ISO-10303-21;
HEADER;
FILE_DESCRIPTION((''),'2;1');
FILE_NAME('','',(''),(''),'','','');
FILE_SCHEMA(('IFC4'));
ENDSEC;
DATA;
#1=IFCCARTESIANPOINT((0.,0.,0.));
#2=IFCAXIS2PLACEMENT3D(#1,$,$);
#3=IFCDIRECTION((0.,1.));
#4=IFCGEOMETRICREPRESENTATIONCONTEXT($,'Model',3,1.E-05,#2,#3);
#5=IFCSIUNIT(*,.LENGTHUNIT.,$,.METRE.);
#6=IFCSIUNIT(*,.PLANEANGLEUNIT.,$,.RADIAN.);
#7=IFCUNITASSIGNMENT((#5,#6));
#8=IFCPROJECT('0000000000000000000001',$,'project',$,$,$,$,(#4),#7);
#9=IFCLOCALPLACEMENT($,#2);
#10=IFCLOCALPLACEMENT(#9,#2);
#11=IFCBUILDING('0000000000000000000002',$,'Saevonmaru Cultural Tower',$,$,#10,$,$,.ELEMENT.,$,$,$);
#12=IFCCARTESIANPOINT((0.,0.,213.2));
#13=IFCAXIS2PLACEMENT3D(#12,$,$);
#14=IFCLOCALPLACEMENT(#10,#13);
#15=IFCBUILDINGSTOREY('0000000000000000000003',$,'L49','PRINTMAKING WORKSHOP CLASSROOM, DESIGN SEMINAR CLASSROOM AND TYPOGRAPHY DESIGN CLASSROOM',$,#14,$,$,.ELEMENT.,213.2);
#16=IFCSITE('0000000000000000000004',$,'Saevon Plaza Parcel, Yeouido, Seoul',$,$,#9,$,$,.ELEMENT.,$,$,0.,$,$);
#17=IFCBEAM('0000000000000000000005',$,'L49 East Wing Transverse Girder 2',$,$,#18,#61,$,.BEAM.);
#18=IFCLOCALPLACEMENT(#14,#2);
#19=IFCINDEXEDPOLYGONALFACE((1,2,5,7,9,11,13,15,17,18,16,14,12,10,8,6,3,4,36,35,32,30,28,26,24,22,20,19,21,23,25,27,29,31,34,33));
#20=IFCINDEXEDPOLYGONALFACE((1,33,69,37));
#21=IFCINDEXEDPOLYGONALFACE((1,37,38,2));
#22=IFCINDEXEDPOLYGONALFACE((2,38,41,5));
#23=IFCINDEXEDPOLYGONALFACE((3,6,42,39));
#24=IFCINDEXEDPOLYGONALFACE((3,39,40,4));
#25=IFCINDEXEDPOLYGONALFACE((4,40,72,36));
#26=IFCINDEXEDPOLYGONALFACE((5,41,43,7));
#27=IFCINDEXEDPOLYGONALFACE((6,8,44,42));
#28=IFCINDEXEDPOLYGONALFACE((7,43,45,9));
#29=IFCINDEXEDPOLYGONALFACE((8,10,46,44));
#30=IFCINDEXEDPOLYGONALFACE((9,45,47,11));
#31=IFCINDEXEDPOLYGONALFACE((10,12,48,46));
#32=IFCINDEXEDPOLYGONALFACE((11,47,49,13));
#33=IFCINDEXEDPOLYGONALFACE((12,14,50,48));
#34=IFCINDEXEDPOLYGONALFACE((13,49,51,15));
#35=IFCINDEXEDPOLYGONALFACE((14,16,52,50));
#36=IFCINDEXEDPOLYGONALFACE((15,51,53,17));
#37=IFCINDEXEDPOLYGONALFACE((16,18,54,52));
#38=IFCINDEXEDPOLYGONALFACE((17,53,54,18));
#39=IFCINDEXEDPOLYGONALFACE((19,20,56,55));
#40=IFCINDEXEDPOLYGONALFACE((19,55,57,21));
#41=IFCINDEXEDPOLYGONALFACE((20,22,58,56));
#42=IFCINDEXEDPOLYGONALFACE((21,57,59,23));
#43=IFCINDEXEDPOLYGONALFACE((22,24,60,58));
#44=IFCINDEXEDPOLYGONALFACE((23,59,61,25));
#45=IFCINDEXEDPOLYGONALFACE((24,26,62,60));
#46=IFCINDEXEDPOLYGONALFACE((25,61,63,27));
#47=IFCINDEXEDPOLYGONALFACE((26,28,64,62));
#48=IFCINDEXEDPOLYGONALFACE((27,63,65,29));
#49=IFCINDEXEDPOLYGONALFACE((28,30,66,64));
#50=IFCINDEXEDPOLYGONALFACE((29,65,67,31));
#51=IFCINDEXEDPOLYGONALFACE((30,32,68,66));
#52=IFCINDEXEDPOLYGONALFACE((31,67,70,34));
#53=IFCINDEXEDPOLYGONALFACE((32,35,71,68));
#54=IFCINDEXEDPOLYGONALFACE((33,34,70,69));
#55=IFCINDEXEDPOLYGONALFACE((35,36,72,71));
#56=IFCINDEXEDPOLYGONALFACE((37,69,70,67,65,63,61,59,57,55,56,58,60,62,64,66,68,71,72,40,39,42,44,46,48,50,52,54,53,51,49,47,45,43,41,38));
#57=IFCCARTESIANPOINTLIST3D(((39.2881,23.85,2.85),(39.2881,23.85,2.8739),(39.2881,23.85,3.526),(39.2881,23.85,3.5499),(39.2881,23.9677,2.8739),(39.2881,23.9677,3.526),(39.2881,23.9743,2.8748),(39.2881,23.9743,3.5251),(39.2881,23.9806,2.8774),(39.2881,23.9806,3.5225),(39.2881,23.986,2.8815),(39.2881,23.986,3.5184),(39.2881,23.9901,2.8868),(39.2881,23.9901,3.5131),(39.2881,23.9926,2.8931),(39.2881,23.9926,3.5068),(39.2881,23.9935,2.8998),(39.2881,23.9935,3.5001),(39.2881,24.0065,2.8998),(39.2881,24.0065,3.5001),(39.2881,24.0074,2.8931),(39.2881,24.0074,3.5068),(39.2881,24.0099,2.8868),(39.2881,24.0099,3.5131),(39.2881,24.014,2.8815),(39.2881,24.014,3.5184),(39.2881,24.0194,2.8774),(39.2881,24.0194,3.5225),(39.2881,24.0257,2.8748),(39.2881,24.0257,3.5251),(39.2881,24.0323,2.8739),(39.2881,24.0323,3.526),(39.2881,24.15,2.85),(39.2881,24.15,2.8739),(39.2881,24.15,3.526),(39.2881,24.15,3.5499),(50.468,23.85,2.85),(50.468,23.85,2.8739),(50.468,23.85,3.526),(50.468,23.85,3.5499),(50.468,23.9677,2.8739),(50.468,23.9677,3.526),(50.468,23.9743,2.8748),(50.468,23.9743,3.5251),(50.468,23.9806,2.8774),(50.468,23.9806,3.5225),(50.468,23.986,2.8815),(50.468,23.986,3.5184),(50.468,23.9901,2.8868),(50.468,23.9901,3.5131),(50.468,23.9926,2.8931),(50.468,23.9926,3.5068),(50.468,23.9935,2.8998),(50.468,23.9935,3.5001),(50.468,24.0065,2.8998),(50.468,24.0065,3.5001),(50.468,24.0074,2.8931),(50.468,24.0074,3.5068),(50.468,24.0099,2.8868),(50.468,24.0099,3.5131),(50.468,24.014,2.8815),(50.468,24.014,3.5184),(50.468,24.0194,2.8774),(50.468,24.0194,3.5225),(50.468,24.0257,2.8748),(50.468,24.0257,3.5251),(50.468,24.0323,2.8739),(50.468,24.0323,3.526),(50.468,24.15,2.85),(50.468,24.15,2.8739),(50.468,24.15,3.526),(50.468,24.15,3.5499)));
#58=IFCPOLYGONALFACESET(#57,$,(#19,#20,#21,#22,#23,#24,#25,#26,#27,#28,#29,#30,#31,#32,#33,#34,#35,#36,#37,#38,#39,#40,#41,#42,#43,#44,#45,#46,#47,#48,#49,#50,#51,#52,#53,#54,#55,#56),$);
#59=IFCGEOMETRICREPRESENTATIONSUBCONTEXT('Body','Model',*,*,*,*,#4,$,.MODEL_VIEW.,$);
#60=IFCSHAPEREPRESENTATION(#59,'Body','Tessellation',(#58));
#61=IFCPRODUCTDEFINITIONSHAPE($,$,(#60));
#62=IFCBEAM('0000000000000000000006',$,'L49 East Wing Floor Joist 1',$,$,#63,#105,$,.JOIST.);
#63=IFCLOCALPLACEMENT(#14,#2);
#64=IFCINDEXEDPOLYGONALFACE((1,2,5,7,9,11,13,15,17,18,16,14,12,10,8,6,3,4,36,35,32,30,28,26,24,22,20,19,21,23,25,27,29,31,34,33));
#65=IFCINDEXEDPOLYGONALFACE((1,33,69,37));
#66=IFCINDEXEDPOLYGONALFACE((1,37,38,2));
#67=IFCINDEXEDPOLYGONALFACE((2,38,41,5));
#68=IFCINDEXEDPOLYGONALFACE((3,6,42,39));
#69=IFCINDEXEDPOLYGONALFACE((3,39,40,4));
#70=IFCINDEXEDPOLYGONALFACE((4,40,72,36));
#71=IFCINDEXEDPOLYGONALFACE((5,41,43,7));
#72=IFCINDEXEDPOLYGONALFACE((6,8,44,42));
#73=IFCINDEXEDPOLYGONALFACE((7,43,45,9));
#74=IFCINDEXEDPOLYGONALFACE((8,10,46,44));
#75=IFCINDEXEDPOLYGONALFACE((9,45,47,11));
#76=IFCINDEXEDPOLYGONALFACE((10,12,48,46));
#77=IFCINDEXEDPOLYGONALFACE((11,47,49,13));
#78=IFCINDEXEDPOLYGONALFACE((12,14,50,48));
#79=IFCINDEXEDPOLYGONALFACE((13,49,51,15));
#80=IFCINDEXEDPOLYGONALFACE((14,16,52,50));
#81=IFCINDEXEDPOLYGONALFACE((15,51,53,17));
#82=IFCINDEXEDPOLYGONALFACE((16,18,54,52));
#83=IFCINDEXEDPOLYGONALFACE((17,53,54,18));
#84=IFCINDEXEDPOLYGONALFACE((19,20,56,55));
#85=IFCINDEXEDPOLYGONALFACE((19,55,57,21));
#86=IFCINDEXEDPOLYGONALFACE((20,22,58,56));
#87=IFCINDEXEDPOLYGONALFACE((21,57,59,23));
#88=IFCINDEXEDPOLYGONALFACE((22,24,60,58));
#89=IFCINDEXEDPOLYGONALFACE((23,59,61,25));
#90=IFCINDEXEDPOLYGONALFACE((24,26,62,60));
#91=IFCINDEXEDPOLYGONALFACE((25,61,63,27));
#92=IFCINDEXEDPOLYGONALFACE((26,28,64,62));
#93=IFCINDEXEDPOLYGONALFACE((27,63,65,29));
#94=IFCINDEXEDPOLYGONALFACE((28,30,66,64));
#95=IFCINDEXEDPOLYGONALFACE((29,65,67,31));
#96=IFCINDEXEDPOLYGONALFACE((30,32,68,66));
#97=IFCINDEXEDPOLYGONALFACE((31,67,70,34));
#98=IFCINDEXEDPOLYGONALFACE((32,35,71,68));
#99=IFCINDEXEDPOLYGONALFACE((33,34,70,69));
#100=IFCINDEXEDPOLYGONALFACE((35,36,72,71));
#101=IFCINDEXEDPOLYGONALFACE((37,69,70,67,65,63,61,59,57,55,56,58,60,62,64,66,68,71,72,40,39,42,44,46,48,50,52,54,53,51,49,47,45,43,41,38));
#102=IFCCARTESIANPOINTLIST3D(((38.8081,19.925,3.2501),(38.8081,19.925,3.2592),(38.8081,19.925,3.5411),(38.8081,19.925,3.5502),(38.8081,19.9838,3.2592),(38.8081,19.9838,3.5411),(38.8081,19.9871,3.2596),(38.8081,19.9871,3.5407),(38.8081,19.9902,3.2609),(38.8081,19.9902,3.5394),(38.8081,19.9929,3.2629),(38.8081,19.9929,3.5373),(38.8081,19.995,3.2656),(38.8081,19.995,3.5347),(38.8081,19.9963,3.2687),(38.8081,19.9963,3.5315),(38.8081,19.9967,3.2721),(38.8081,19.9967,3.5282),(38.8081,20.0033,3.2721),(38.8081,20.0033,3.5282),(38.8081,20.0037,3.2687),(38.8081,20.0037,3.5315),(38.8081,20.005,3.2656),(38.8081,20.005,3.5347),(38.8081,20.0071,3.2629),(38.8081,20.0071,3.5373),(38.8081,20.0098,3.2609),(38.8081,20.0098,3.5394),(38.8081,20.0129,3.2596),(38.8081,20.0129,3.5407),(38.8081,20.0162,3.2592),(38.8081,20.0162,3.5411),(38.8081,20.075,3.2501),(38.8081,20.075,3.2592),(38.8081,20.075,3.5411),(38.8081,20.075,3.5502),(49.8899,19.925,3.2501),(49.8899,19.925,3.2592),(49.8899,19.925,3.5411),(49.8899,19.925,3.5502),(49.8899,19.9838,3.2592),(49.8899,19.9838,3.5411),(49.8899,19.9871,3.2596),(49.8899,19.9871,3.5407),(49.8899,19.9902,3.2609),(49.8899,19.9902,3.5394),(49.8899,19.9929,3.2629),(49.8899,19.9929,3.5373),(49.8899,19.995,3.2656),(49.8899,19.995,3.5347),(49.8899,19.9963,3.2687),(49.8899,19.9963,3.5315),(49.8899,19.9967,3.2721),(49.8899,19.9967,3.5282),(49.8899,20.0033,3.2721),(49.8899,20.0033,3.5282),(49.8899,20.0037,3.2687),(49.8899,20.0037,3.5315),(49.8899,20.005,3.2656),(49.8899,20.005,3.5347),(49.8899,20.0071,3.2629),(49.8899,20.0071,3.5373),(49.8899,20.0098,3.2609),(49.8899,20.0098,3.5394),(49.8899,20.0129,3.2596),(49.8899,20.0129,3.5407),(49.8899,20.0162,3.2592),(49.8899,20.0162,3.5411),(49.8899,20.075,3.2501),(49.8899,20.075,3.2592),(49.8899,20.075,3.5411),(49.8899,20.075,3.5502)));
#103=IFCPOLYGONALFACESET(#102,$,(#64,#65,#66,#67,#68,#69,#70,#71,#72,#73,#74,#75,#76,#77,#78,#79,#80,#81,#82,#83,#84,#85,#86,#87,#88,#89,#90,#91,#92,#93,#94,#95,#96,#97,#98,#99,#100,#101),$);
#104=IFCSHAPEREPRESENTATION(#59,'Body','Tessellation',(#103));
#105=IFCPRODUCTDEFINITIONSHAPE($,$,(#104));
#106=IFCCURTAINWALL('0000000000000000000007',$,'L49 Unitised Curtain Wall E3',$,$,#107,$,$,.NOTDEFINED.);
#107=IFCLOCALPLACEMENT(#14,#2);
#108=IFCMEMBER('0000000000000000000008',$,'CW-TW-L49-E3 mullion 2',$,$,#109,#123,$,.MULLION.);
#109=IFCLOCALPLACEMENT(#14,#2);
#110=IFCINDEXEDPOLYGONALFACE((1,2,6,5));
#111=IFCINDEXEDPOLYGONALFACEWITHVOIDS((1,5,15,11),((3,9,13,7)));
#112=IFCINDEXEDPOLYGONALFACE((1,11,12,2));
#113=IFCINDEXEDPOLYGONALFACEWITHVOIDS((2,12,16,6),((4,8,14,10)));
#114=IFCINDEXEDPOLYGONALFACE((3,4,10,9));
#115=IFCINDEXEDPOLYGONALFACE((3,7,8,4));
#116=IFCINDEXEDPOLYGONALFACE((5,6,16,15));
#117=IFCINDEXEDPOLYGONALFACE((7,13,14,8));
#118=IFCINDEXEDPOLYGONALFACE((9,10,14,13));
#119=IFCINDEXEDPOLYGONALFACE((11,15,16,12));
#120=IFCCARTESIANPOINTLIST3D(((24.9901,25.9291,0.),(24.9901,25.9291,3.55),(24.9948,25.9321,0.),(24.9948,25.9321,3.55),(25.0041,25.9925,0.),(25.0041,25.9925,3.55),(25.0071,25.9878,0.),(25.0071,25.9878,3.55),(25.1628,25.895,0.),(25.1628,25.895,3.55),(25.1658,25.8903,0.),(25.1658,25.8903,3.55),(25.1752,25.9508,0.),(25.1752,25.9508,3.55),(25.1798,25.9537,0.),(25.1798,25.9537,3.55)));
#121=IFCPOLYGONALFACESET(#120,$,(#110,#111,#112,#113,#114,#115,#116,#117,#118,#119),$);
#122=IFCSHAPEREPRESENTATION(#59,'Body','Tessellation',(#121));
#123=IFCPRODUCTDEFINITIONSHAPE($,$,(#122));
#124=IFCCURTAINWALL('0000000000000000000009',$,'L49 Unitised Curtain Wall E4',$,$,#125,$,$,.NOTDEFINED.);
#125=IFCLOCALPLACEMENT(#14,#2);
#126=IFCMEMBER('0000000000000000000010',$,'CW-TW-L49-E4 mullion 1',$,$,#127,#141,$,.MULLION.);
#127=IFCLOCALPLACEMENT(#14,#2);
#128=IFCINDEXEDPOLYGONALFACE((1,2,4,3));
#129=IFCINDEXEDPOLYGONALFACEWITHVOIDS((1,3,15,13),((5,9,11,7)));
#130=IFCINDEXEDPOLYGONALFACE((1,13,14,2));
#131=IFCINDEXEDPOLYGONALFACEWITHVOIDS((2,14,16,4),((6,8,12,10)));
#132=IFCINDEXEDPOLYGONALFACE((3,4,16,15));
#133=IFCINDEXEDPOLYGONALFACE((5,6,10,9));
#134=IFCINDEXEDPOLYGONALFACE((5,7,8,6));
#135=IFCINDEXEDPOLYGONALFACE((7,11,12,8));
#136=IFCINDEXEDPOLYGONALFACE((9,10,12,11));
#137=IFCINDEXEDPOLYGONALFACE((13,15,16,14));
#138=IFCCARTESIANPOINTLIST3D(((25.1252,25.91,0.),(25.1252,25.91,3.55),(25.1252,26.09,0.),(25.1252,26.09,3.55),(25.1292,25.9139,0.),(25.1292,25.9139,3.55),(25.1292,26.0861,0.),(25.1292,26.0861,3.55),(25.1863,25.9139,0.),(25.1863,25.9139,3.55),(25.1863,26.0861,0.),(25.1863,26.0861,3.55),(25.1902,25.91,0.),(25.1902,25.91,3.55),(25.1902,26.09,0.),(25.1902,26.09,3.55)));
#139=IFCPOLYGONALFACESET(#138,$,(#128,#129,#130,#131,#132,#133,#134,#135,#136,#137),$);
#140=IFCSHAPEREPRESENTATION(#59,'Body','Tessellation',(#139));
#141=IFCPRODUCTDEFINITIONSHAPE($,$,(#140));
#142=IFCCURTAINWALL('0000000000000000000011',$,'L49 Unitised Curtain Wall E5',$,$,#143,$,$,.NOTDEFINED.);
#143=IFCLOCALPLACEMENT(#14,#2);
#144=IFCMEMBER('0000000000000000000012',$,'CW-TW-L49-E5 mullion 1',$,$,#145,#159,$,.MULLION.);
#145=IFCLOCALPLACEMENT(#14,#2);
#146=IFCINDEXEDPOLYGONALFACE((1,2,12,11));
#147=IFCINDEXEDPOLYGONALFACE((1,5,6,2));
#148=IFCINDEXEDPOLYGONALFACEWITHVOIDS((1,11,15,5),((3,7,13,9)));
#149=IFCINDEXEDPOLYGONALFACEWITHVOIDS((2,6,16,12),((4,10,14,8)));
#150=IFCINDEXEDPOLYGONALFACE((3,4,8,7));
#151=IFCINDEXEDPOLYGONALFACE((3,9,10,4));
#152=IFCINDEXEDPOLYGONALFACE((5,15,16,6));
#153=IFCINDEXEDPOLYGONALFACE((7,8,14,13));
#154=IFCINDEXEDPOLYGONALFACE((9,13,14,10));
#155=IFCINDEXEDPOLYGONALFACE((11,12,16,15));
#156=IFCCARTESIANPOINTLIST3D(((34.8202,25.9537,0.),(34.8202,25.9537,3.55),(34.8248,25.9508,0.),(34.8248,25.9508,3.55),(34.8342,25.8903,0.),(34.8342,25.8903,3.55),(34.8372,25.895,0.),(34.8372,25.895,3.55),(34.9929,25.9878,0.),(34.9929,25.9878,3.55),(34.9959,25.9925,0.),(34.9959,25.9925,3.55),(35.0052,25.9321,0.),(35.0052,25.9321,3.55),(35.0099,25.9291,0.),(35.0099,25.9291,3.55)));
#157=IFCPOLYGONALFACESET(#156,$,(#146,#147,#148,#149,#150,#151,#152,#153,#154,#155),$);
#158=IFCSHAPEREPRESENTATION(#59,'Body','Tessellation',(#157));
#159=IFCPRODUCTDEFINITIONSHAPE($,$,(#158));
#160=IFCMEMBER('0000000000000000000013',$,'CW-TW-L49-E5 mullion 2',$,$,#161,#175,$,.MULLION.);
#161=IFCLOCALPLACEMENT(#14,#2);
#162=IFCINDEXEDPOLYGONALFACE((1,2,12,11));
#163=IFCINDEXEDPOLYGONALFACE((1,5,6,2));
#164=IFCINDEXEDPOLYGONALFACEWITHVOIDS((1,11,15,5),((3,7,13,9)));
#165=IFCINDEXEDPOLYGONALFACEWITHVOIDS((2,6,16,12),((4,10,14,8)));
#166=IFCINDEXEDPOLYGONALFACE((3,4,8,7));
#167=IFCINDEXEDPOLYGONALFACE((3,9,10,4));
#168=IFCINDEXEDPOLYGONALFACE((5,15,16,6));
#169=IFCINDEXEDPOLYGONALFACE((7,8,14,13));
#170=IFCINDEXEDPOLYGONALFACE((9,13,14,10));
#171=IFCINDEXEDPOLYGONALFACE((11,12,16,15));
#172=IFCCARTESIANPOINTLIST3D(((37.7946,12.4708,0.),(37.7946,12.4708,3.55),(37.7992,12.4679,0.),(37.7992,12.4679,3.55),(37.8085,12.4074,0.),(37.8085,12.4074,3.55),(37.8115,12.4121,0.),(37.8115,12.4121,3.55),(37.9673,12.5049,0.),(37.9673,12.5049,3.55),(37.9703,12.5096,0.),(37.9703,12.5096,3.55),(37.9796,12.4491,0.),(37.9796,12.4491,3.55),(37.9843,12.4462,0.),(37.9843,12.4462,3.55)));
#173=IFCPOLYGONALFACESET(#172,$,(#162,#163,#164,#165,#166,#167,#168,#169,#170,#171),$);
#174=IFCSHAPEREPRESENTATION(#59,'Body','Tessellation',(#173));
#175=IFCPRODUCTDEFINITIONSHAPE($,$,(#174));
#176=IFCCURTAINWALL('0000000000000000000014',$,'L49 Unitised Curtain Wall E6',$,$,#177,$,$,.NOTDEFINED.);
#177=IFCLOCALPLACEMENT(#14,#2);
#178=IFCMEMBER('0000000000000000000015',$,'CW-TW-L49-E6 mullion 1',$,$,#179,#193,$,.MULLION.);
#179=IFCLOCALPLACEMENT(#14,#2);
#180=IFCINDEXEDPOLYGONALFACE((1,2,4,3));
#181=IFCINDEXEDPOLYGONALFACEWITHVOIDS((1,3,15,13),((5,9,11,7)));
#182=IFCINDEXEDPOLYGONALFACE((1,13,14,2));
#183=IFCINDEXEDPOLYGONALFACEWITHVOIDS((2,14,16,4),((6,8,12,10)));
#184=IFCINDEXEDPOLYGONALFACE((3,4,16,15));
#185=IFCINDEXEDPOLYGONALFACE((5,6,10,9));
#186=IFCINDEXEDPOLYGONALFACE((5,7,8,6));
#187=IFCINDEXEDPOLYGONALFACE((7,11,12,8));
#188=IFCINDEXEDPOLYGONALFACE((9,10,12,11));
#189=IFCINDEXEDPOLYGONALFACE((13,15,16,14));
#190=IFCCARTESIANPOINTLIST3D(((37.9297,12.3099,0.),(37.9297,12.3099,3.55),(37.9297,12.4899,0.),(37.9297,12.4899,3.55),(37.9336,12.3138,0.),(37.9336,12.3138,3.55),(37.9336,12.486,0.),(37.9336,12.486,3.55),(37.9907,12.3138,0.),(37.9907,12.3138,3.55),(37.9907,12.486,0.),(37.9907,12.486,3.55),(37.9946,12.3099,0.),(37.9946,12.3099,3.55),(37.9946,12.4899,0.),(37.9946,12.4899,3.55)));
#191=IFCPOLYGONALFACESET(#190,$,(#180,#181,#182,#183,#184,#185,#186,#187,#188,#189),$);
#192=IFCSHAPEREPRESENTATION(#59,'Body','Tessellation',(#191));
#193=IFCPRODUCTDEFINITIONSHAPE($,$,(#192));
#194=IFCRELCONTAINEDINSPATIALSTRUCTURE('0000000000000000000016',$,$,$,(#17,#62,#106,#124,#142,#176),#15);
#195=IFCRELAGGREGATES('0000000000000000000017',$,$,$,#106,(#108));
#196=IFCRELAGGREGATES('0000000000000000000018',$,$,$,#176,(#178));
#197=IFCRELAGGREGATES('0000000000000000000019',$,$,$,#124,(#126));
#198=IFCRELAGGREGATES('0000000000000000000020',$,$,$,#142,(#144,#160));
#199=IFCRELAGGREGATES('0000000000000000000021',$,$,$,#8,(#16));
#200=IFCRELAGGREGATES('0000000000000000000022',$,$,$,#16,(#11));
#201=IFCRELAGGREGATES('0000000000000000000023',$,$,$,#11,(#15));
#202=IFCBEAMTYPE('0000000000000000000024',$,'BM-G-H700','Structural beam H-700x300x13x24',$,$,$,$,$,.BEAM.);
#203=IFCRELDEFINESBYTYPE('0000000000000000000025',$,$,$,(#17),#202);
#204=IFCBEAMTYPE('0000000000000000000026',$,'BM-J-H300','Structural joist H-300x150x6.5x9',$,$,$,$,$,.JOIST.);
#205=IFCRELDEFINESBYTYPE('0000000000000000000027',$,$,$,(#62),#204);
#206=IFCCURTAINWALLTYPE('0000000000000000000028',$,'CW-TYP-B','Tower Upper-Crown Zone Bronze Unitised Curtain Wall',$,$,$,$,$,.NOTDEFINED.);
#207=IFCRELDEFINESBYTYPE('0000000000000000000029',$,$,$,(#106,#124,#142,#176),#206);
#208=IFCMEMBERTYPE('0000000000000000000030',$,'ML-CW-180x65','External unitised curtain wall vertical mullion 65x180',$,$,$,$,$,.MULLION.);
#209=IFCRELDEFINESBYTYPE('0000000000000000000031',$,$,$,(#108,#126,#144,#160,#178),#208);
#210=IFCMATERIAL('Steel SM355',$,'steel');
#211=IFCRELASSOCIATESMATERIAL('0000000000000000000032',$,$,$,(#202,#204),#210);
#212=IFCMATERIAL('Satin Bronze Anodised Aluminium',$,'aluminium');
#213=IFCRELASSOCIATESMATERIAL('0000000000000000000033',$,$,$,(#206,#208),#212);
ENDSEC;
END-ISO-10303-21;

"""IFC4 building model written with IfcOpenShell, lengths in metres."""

from ifc_helpers import new_model, si_unit, direction, frame, origin, origin_2d, place, context, subcontext, project, spatial, hollow_rectangle, i_section, extrude, material, material_profile, profile_set, type_object, element, aggregate, save


model = new_model("IFC4")

# Units and contexts
model_context = context("Model", 3, precision=1e-05, world=origin(), true_north=direction((0.0, 1.0)))
body_context = subcontext(model_context, "Body", "Model", "MODEL_VIEW")
ifc_project = project(units=[si_unit("LENGTHUNIT", "METRE"), si_unit("PLANEANGLEUNIT", "RADIAN")], contexts=[model_context])

# Site, building, storey
site_placement = place(None, origin())
site = spatial("IfcSite", under=ifc_project, at=site_placement, Name="Saevon Plaza Parcel, Yeouido, Seoul", CompositionType="ELEMENT", RefElevation=0.0)
building_placement = place(site_placement, origin())
building = spatial("IfcBuilding", under=site, at=building_placement, Name="Saevonmaru Cultural Tower", CompositionType="ELEMENT")
storey_placement = place(building_placement, frame((0.0, 0.0, 213.2)))
storey = spatial("IfcBuildingStorey", under=building, at=storey_placement, Name="L49", Description="PRINTMAKING WORKSHOP CLASSROOM, DESIGN SEMINAR CLASSROOM AND TYPOGRAPHY DESIGN CLASSROOM", CompositionType="ELEMENT", Elevation=213.2)

# Shared definitions
ifc_material_1 = material(Name="Steel SM355", Category="steel")

# Beams
ifc_material_profile_1 = material_profile(ifc_material_1, i_section(OverallWidth=0.3, OverallDepth=0.7, WebThickness=0.0129, FlangeThickness=0.0239, FilletRadius=0.0259, at=origin_2d()), Name="H-700x300x13x24")
ifc_profile_set_1 = profile_set([ifc_material_profile_1], Name="Steel SM355")
beam_type_1 = type_object("IfcBeamType", Name="BM-G-H700", Description="Structural beam H-700x300x13x24", PredefinedType="BEAM", material=ifc_profile_set_1)
for number, where, z_axis, x_axis, name in (
    (1, (39.2881, 24.0, 3.2), (1.0, 0.0, 0.0), (0.0, 1.0, 0.0), "L49 East Wing Transverse Girder 2"),
):
    element("IfcBeam", number, at=place(storey_placement, frame(where, z_axis=z_axis, x_axis=x_axis)), inside=storey, type_object=beam_type_1, Name=name, PredefinedType="BEAM", context=body_context, shape_type="SweptSolid", body=[
        extrude(i_section(OverallWidth=0.3, OverallDepth=0.7, WebThickness=0.0129, FlangeThickness=0.0239, FilletRadius=0.0259, at=origin_2d()), origin(), (0.0, 0.0, 1.0), 11.1799),
    ])
ifc_material_profile_2 = material_profile(ifc_material_1, i_section(OverallWidth=0.1499, OverallDepth=0.3, WebThickness=0.0066, FlangeThickness=0.009, FilletRadius=0.0129, at=origin_2d()), Name="H-300x150x6.5x9")
ifc_profile_set_2 = profile_set([ifc_material_profile_2], Name="Steel SM355")
beam_type_2 = type_object("IfcBeamType", Name="BM-J-H300", Description="Structural joist H-300x150x6.5x9", PredefinedType="JOIST", material=ifc_profile_set_2)
beam_placement = place(storey_placement, frame((38.8081, 20.0, 3.4001), z_axis=(1.0, 0.0, 0.0), x_axis=(0.0, 1.0, 0.0)))
element("IfcBeam", 2, at=beam_placement, inside=storey, type_object=beam_type_2, Name="L49 East Wing Floor Joist 1", PredefinedType="JOIST", context=body_context, shape_type="SweptSolid", body=[
    extrude(i_section(OverallWidth=0.1499, OverallDepth=0.3, WebThickness=0.0066, FlangeThickness=0.009, FilletRadius=0.0129, at=origin_2d()), origin(), (0.0, 0.0, 1.0), 11.0818),
])

# Curtain walls, members
ifc_material_2 = material(Name="Satin Bronze Anodised Aluminium", Category="aluminium")
curtain_wall_type = type_object("IfcCurtainWallType", Name="CW-TYP-B", Description="Tower Upper-Crown Zone Bronze Unitised Curtain Wall", PredefinedType="NOTDEFINED", material=ifc_material_2)
curtain_wall_1_placement = place(storey_placement, origin())
curtain_wall_1 = element("IfcCurtainWall", 3, at=curtain_wall_1_placement, inside=storey, type_object=curtain_wall_type, Name="L49 Unitised Curtain Wall E3", PredefinedType="NOTDEFINED")
ifc_material_profile_3 = material_profile(ifc_material_2, hollow_rectangle(XDim=0.0649, YDim=0.1799, WallThickness=0.0039, at=origin_2d()), Name="ALU-MULL-180x65x4")
ifc_profile_set_3 = profile_set([ifc_material_profile_3], Name="Satin Bronze Anodised Aluminium")
member_type_1 = type_object("IfcMemberType", Name="ML-CW-180x65", Description="External unitised curtain wall vertical mullion 65x180", PredefinedType="MULLION", material=ifc_profile_set_3)
member_1_placement = place(storey_placement, frame((25.085, 25.9414, 0.0), z_axis=(0.0, 0.0, 1.0), x_axis=(0.215413, 0.976523, 0.0)))
member_1 = element("IfcMember", 4, at=member_1_placement, type_object=member_type_1, Name="CW-TW-L49-E3 mullion 2", PredefinedType="MULLION", context=body_context, shape_type="SweptSolid", body=[
    extrude(hollow_rectangle(XDim=0.0649, YDim=0.1799, WallThickness=0.0039, at=origin_2d()), origin(), (0.0, 0.0, 1.0), 3.55),
])
aggregate(curtain_wall_1, [member_1])
curtain_wall_2_placement = place(storey_placement, origin())
curtain_wall_2 = element("IfcCurtainWall", 5, at=curtain_wall_2_placement, inside=storey, type_object=curtain_wall_type, Name="L49 Unitised Curtain Wall E4", PredefinedType="NOTDEFINED")
member_2_placement = place(storey_placement, frame((25.1577, 26.0, 0.0), z_axis=(0.0, 0.0, 1.0), x_axis=(1.0, 0.0, 0.0)))
member_2 = element("IfcMember", 6, at=member_2_placement, type_object=member_type_1, Name="CW-TW-L49-E4 mullion 1", PredefinedType="MULLION", context=body_context, shape_type="SweptSolid", body=[
    extrude(hollow_rectangle(XDim=0.0649, YDim=0.1799, WallThickness=0.0039, at=origin_2d()), origin(), (0.0, 0.0, 1.0), 3.55),
])

# Curtain wall, members
curtain_wall_3_placement = place(storey_placement, origin())
curtain_wall_3 = element("IfcCurtainWall", 7, at=curtain_wall_3_placement, inside=storey, type_object=curtain_wall_type, Name="L49 Unitised Curtain Wall E5", PredefinedType="NOTDEFINED")
member_3_placement = place(storey_placement, frame((34.915, 25.9414, 0.0), z_axis=(0.0, 0.0, 1.0), x_axis=(0.215413, -0.976523, 0.0)))
member_3 = element("IfcMember", 8, at=member_3_placement, type_object=member_type_1, Name="CW-TW-L49-E5 mullion 1", PredefinedType="MULLION", context=body_context, shape_type="SweptSolid", body=[
    extrude(hollow_rectangle(XDim=0.0649, YDim=0.1799, WallThickness=0.0039, at=origin_2d()), origin(), (0.0, 0.0, 1.0), 3.55),
])
member_4_placement = place(storey_placement, frame((37.8894, 12.4585, 0.0), z_axis=(0.0, 0.0, 1.0), x_axis=(0.215413, -0.976523, 0.0)))
member_4 = element("IfcMember", 9, at=member_4_placement, type_object=member_type_1, Name="CW-TW-L49-E5 mullion 2", PredefinedType="MULLION", context=body_context, shape_type="SweptSolid", body=[
    extrude(hollow_rectangle(XDim=0.0649, YDim=0.1799, WallThickness=0.0039, at=origin_2d()), origin(), (0.0, 0.0, 1.0), 3.55),
])

# Curtain wall, member
curtain_wall_4_placement = place(storey_placement, origin())
curtain_wall_4 = element("IfcCurtainWall", 10, at=curtain_wall_4_placement, inside=storey, type_object=curtain_wall_type, Name="L49 Unitised Curtain Wall E6", PredefinedType="NOTDEFINED")
member_5_placement = place(storey_placement, frame((37.9622, 12.3999, 0.0), z_axis=(0.0, 0.0, 1.0), x_axis=(1.0, 0.0, 0.0)))
member_5 = element("IfcMember", 11, at=member_5_placement, type_object=member_type_1, Name="CW-TW-L49-E6 mullion 1", PredefinedType="MULLION", context=body_context, shape_type="SweptSolid", body=[
    extrude(hollow_rectangle(XDim=0.0649, YDim=0.1799, WallThickness=0.0039, at=origin_2d()), origin(), (0.0, 0.0, 1.0), 3.55),
])

aggregate(curtain_wall_4, [member_5])

aggregate(curtain_wall_2, [member_2])
aggregate(curtain_wall_3, [member_3, member_4])

save(model, "model.ifc")
